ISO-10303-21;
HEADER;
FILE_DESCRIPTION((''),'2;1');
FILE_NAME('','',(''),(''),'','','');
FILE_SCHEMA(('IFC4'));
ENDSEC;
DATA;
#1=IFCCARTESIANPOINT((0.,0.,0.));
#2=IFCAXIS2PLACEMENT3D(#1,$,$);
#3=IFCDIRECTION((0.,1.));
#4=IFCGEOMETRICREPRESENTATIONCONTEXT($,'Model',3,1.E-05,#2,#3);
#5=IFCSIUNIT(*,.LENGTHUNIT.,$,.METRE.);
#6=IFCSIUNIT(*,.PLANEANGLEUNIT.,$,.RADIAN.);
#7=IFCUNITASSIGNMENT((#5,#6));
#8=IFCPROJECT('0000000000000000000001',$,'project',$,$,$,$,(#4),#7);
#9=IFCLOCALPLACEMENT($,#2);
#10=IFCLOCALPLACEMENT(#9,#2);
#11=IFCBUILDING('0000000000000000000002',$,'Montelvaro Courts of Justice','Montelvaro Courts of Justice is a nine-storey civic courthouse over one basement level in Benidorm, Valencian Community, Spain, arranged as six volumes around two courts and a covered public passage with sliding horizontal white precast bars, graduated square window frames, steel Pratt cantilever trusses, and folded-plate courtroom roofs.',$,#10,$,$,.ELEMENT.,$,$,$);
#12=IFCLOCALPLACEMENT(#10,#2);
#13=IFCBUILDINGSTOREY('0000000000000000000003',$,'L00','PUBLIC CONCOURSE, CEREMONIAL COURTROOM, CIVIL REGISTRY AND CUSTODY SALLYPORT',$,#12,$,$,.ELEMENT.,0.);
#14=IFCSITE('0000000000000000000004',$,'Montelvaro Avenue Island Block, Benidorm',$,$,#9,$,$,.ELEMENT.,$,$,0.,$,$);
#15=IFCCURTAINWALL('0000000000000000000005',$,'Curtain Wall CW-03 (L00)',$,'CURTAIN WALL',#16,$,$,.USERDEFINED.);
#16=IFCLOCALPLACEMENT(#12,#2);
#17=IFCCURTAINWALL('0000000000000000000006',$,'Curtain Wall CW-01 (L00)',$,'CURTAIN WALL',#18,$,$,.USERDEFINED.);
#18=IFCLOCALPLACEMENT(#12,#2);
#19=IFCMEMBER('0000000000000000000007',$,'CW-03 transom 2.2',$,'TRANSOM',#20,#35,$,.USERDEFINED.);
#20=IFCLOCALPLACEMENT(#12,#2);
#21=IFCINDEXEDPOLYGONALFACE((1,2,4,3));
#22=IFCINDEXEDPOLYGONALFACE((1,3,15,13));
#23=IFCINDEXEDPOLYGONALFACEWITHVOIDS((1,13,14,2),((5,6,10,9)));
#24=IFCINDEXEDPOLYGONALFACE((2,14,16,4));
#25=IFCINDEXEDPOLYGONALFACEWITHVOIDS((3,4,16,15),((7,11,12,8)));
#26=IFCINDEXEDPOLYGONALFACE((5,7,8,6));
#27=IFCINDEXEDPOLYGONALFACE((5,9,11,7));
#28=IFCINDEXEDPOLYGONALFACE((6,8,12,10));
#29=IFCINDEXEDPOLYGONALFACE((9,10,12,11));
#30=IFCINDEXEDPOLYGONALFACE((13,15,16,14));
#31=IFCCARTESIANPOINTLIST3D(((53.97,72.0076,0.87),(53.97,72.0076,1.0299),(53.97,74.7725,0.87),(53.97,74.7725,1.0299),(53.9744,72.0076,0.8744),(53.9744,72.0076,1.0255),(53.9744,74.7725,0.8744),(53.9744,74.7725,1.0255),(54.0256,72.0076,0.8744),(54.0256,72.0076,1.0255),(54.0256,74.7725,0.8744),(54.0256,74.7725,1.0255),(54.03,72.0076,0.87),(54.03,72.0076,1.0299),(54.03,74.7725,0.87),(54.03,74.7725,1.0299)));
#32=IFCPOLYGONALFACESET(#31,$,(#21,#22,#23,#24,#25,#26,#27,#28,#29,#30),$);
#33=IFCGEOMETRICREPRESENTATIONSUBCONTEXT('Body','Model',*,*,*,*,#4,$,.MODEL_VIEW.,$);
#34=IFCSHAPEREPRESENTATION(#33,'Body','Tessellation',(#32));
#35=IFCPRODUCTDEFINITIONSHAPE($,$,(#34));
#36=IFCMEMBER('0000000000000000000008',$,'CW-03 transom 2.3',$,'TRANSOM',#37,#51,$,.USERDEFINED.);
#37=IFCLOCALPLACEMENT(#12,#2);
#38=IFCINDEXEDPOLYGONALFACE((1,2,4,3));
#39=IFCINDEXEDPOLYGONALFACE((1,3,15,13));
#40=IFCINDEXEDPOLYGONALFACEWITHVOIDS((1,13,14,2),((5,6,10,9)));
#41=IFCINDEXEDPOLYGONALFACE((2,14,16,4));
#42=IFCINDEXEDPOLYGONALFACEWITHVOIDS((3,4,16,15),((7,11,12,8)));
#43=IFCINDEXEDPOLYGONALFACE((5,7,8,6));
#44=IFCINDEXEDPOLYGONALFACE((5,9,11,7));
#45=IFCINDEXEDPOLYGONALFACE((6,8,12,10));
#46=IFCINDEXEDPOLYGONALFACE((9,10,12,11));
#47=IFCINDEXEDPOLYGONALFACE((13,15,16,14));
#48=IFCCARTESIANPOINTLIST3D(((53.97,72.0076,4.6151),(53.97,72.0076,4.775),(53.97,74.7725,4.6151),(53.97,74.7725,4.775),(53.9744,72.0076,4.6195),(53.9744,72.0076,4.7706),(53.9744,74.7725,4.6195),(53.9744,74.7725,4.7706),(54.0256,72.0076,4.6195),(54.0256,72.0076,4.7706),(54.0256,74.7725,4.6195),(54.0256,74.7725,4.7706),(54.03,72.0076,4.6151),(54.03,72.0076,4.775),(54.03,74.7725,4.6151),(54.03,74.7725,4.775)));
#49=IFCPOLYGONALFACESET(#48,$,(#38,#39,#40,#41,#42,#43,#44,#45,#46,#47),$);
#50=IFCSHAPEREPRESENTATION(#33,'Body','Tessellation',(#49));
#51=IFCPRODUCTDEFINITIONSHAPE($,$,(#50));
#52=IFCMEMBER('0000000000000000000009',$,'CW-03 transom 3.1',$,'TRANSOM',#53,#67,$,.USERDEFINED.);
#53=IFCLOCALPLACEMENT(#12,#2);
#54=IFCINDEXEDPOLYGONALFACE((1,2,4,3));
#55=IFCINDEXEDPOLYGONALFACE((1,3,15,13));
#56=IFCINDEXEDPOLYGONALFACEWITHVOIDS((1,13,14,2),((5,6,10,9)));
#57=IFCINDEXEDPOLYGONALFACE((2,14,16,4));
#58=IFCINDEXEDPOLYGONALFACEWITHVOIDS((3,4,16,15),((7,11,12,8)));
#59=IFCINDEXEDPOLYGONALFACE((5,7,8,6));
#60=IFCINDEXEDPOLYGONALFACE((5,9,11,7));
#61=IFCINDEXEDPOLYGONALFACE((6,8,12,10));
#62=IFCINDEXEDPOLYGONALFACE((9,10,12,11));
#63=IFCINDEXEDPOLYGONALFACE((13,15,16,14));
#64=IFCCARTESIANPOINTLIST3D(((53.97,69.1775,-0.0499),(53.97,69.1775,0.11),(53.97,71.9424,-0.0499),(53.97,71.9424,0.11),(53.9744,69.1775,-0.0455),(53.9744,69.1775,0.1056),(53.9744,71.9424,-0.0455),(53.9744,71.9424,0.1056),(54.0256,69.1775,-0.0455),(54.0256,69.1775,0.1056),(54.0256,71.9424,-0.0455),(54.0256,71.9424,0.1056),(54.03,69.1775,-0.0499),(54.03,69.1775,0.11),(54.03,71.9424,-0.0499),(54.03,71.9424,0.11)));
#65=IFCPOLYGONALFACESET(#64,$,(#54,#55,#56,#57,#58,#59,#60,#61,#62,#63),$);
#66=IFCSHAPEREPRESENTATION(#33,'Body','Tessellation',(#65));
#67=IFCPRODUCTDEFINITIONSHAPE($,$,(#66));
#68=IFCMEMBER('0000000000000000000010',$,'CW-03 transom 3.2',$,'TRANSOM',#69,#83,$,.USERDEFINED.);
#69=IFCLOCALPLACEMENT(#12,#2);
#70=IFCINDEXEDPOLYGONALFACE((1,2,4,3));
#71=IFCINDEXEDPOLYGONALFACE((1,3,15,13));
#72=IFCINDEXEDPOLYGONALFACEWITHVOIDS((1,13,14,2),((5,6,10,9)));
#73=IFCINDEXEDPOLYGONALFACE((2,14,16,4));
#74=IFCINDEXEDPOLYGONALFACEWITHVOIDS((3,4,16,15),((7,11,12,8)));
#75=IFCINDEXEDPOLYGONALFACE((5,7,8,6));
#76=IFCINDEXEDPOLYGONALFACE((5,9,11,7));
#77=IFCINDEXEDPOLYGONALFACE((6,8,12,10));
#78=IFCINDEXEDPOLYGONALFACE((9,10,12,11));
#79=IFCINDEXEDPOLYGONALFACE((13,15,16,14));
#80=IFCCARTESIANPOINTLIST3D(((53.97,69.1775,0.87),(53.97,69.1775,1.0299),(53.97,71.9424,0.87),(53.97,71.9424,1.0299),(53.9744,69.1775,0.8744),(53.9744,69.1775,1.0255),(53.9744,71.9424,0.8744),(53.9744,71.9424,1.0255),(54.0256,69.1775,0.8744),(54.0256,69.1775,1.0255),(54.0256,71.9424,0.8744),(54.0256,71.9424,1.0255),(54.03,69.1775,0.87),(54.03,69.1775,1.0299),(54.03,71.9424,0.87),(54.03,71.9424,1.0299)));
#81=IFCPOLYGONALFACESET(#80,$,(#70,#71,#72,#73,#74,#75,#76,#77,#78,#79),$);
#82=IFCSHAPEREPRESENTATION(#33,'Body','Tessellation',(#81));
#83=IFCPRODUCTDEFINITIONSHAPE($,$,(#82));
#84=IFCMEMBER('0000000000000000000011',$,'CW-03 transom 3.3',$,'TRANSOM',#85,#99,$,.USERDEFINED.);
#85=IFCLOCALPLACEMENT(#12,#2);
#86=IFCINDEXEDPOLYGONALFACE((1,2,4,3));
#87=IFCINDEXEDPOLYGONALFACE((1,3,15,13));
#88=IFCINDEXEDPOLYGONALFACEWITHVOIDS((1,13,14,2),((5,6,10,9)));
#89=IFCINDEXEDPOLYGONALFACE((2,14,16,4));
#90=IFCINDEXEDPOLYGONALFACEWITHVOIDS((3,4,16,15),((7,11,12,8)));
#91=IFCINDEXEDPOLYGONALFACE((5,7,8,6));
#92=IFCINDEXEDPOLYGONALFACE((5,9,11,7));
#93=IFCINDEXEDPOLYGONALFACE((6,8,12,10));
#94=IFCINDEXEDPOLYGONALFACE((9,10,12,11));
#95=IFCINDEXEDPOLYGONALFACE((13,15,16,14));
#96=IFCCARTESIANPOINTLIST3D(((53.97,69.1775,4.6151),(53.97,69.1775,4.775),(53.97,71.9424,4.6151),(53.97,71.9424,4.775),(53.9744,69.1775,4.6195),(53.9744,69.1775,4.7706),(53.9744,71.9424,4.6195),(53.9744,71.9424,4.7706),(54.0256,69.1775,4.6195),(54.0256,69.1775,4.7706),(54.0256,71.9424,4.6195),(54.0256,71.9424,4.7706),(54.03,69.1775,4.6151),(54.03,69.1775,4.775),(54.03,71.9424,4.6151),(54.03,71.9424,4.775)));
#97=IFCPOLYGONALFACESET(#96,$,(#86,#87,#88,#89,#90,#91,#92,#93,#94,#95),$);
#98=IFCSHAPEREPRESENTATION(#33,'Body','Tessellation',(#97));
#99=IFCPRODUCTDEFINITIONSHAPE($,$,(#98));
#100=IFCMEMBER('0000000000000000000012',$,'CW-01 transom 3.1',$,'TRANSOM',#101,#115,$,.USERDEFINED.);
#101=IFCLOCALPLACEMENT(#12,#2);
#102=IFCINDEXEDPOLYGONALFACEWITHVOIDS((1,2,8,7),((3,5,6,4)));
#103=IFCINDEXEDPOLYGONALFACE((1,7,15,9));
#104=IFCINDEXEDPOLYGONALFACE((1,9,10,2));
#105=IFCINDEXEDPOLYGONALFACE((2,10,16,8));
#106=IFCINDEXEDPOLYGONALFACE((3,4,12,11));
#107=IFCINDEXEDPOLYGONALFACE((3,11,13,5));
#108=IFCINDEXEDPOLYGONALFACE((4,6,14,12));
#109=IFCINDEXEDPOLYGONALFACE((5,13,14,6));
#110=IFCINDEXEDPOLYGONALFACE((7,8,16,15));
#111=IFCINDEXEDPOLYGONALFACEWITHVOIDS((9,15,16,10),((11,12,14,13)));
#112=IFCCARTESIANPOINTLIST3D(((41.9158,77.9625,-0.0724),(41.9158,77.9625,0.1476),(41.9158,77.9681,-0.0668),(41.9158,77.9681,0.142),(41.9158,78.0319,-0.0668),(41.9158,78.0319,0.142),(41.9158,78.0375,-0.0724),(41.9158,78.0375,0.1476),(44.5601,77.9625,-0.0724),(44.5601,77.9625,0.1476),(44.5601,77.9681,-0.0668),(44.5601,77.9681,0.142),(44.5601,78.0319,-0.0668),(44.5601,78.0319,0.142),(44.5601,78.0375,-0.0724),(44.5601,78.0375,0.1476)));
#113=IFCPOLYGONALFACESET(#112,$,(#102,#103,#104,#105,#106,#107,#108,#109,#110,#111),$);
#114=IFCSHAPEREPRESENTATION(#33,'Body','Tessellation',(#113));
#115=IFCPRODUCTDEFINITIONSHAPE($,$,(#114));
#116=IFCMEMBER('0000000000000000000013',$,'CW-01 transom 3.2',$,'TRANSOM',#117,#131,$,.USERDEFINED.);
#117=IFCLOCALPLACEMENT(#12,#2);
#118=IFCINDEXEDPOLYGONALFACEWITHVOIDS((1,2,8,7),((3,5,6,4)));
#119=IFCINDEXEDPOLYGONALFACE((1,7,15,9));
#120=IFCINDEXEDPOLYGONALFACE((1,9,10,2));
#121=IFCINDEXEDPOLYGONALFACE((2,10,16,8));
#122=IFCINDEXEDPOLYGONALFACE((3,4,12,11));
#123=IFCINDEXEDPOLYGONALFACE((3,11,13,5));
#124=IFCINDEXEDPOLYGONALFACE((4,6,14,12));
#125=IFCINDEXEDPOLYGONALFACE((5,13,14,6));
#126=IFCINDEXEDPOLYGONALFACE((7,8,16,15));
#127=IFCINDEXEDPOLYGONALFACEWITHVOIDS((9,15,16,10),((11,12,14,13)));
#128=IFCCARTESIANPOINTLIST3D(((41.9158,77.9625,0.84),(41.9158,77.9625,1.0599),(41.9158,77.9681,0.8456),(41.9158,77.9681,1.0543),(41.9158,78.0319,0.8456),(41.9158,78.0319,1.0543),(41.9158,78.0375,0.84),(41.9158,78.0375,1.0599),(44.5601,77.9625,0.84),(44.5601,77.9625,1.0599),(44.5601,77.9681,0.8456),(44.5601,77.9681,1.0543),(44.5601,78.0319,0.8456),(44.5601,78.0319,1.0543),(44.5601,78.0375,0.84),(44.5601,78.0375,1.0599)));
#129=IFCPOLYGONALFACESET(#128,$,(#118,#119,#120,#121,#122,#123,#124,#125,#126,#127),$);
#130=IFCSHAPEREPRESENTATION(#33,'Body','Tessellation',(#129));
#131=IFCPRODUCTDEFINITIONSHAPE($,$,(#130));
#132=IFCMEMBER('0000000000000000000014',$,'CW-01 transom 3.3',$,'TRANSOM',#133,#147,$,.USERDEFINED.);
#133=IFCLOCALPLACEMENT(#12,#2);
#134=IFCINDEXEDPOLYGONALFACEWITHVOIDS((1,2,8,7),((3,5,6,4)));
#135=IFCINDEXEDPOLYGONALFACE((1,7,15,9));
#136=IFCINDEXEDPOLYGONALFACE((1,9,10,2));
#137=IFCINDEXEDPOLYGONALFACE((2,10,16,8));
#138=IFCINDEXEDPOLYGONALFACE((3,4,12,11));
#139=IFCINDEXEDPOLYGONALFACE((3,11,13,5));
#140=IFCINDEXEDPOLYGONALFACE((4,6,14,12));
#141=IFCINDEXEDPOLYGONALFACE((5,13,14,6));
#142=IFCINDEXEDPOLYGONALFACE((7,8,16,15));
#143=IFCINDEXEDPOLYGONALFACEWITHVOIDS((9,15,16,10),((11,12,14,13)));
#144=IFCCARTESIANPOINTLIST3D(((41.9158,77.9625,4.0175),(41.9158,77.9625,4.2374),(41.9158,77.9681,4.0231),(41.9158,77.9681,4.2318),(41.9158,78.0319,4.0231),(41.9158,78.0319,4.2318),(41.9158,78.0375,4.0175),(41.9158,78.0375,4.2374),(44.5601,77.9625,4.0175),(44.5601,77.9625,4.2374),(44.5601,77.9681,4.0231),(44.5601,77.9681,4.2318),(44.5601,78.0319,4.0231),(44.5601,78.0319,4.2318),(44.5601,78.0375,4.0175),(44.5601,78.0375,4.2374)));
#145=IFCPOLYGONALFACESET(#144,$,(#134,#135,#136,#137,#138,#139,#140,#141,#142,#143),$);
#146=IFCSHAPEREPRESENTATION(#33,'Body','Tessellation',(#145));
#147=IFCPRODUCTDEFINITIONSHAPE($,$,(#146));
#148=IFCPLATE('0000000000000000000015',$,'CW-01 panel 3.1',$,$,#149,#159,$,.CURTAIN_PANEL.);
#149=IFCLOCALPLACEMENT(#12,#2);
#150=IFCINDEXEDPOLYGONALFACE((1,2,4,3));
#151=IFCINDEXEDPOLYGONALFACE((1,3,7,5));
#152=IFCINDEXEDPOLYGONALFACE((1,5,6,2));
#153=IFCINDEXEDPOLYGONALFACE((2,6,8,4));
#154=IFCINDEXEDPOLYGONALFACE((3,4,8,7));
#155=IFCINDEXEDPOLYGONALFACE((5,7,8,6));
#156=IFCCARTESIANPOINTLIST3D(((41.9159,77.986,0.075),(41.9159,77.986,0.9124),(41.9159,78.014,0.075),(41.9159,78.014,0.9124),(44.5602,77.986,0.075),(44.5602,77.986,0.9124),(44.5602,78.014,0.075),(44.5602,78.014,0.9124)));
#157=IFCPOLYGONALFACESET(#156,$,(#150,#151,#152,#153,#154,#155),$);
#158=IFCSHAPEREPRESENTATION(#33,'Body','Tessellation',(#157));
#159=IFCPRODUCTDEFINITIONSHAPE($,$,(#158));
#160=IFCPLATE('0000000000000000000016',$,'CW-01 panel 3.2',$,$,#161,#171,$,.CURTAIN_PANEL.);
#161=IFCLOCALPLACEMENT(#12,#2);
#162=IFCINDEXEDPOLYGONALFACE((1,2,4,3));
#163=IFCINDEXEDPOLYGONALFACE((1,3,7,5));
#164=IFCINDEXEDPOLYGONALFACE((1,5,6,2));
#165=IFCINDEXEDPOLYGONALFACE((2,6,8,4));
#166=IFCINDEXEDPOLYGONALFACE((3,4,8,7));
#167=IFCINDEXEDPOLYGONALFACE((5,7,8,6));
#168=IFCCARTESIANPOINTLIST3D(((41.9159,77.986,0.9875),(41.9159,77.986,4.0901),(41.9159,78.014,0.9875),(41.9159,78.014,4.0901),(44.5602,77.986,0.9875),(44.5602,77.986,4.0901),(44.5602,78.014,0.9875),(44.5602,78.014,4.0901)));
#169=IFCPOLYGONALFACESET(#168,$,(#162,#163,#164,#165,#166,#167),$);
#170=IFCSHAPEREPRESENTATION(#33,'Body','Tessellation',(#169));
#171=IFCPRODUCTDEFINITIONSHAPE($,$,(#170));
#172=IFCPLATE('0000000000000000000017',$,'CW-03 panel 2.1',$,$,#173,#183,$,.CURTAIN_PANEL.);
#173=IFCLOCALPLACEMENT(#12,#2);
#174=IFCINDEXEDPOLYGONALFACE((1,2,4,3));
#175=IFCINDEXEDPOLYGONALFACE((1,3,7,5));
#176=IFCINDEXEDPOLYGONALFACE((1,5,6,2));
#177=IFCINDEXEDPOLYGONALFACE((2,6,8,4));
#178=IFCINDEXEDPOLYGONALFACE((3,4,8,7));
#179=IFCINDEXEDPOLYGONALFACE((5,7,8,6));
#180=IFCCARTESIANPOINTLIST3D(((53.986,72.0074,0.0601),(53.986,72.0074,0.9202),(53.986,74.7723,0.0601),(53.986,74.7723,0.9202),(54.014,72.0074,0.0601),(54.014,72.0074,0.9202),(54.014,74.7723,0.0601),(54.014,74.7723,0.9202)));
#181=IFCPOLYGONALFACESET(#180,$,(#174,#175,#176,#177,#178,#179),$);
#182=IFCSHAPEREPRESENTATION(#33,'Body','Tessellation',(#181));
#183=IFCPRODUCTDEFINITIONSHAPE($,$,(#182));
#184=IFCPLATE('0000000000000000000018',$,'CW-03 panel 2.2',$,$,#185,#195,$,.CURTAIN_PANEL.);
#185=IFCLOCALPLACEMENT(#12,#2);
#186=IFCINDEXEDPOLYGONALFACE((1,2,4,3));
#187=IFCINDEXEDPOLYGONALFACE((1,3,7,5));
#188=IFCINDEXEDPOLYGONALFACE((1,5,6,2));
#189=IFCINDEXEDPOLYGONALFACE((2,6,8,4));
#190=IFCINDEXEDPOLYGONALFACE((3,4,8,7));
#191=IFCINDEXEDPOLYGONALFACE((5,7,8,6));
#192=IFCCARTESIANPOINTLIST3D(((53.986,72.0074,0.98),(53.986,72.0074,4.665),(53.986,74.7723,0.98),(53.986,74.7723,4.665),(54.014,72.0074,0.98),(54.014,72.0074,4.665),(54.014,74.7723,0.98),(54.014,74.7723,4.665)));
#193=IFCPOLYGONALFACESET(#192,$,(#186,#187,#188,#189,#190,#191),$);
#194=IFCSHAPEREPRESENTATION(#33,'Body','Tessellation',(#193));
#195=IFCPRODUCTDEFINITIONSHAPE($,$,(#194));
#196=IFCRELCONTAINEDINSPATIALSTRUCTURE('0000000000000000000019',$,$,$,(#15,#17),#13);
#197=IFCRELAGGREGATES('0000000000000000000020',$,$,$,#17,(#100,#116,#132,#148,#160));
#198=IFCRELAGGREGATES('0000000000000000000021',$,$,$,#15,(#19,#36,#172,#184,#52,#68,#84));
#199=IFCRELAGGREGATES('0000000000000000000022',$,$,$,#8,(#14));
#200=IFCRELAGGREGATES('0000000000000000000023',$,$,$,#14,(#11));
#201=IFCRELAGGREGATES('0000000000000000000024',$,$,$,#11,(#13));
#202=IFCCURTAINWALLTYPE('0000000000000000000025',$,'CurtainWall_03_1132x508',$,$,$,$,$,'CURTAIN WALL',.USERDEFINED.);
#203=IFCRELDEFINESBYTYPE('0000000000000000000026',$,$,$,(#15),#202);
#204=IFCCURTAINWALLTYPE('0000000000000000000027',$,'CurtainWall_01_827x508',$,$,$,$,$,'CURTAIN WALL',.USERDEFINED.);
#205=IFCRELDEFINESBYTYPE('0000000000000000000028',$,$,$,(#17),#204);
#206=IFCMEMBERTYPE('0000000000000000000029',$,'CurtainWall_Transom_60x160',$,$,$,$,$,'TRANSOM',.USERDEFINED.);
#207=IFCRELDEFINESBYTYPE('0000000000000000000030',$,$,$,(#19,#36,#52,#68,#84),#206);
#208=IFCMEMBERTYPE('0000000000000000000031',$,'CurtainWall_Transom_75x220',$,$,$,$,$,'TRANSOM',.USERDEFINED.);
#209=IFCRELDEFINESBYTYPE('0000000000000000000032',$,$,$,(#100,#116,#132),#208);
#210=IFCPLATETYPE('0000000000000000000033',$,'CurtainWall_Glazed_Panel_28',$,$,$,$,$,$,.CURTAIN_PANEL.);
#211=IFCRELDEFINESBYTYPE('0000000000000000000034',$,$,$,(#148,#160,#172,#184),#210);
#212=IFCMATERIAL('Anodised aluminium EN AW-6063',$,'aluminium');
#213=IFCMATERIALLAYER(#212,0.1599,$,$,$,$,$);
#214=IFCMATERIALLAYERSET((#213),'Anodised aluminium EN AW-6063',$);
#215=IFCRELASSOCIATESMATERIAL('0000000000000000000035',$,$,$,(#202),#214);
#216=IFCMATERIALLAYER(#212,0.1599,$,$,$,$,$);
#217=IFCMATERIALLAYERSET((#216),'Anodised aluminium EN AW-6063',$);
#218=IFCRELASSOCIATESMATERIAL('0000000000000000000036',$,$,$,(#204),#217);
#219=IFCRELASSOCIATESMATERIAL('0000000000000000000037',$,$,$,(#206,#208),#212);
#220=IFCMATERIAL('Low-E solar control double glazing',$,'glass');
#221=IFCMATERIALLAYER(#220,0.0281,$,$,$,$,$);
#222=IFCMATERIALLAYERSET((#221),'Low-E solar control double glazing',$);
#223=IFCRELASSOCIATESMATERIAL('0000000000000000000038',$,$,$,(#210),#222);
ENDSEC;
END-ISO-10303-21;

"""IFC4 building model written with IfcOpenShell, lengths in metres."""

from ifc_helpers import new_model, si_unit, direction, frame, origin, origin_2d, place, context, subcontext, project, spatial, rectangle, hollow_rectangle, extrude, material, layer, layer_set, material_profile, profile_set, type_object, element, aggregate, save


model = new_model("IFC4")

# Units and contexts
model_context = context("Model", 3, precision=1e-05, world=origin(), true_north=direction((0.0, 1.0)))
body_context = subcontext(model_context, "Body", "Model", "MODEL_VIEW")
ifc_project = project(units=[si_unit("LENGTHUNIT", "METRE"), si_unit("PLANEANGLEUNIT", "RADIAN")], contexts=[model_context])

# Site, building, storey
site_placement = place(None, origin())
site = spatial("IfcSite", under=ifc_project, at=site_placement, Name="Montelvaro Avenue Island Block, Benidorm", CompositionType="ELEMENT", RefElevation=0.0)
building_placement = place(site_placement, origin())
building = spatial("IfcBuilding", under=site, at=building_placement, Name="Montelvaro Courts of Justice", Description="Montelvaro Courts of Justice is a nine-storey civic courthouse over one basement level in Benidorm, Valencian Community, Spain, arranged as six volumes around two courts and a covered public passage with sliding horizontal white precast bars, graduated square window frames, steel Pratt cantilever trusses, and folded-plate courtroom roofs.", CompositionType="ELEMENT")
storey_placement = place(building_placement, origin())
storey = spatial("IfcBuildingStorey", under=building, at=storey_placement, Name="L00", Description="PUBLIC CONCOURSE, CEREMONIAL COURTROOM, CIVIL REGISTRY AND CUSTODY SALLYPORT", CompositionType="ELEMENT", Elevation=0.0)

# Curtain wall
ifc_material_1 = material(Name="Anodised aluminium EN AW-6063", Category="aluminium")
ifc_layer_1 = layer(ifc_material_1, 0.1599)
ifc_layer_set_1 = layer_set([ifc_layer_1], Name="Anodised aluminium EN AW-6063")
curtain_wall_type_1 = type_object("IfcCurtainWallType", Name="CurtainWall_03_1132x508", ElementType="CURTAIN WALL", PredefinedType="USERDEFINED", material=ifc_layer_set_1)
curtain_wall_1_placement = place(storey_placement, origin())
curtain_wall_1 = element("IfcCurtainWall", 1, at=curtain_wall_1_placement, inside=storey, type_object=curtain_wall_type_1, Name="Curtain Wall CW-03 (L00)", ObjectType="CURTAIN WALL", PredefinedType="USERDEFINED")

# Curtain wall
ifc_layer_2 = layer(ifc_material_1, 0.1599)
ifc_layer_set_2 = layer_set([ifc_layer_2], Name="Anodised aluminium EN AW-6063")
curtain_wall_type_2 = type_object("IfcCurtainWallType", Name="CurtainWall_01_827x508", ElementType="CURTAIN WALL", PredefinedType="USERDEFINED", material=ifc_layer_set_2)
curtain_wall_2_placement = place(storey_placement, origin())
curtain_wall_2 = element("IfcCurtainWall", 2, at=curtain_wall_2_placement, inside=storey, type_object=curtain_wall_type_2, Name="Curtain Wall CW-01 (L00)", ObjectType="CURTAIN WALL", PredefinedType="USERDEFINED")

# Members
ifc_material_profile_1 = material_profile(ifc_material_1, hollow_rectangle(XDim=0.0601, YDim=0.1599, WallThickness=0.0044, at=origin_2d()), Name="ALU-T 60x160")
ifc_profile_set_1 = profile_set([ifc_material_profile_1], Name="Anodised aluminium EN AW-6063")
member_type_1 = type_object("IfcMemberType", Name="CurtainWall_Transom_60x160", ElementType="TRANSOM", PredefinedType="USERDEFINED", material=ifc_profile_set_1)
member_1_placement = place(storey_placement, frame((54.0, 74.7725, 0.95), z_axis=(0.0, -1.0, 0.0), x_axis=(1.0, 0.0, 0.0)))
member_1 = element("IfcMember", 3, at=member_1_placement, type_object=member_type_1, Name="CW-03 transom 2.2", ObjectType="TRANSOM", PredefinedType="USERDEFINED", context=body_context, shape_type="SweptSolid", body=[
    extrude(hollow_rectangle(XDim=0.0601, YDim=0.1599, WallThickness=0.0044, at=origin_2d()), origin(), (0.0, 0.0, 1.0), 2.7649),
])
member_2_placement = place(storey_placement, frame((54.0, 74.7725, 4.6951), z_axis=(0.0, -1.0, 0.0), x_axis=(1.0, 0.0, 0.0)))
member_2 = element("IfcMember", 4, at=member_2_placement, type_object=member_type_1, Name="CW-03 transom 2.3", ObjectType="TRANSOM", PredefinedType="USERDEFINED", context=body_context, shape_type="SweptSolid", body=[
    extrude(hollow_rectangle(XDim=0.0601, YDim=0.1599, WallThickness=0.0044, at=origin_2d()), origin(), (0.0, 0.0, 1.0), 2.7649),
])
member_3_placement = place(storey_placement, frame((54.0, 71.9424, 0.03), z_axis=(0.0, -1.0, 0.0), x_axis=(1.0, 0.0, 0.0)))
member_3 = element("IfcMember", 5, at=member_3_placement, type_object=member_type_1, Name="CW-03 transom 3.1", ObjectType="TRANSOM", PredefinedType="USERDEFINED", context=body_context, shape_type="SweptSolid", body=[
    extrude(hollow_rectangle(XDim=0.0601, YDim=0.1599, WallThickness=0.0044, at=origin_2d()), origin(), (0.0, 0.0, 1.0), 2.7649),
])
member_4_placement = place(storey_placement, frame((54.0, 71.9424, 0.95), z_axis=(0.0, -1.0, 0.0), x_axis=(1.0, 0.0, 0.0)))
member_4 = element("IfcMember", 6, at=member_4_placement, type_object=member_type_1, Name="CW-03 transom 3.2", ObjectType="TRANSOM", PredefinedType="USERDEFINED", context=body_context, shape_type="SweptSolid", body=[
    extrude(hollow_rectangle(XDim=0.0601, YDim=0.1599, WallThickness=0.0044, at=origin_2d()), origin(), (0.0, 0.0, 1.0), 2.7649),
])
member_5_placement = place(storey_placement, frame((54.0, 71.9424, 4.6951), z_axis=(0.0, -1.0, 0.0), x_axis=(1.0, 0.0, 0.0)))
member_5 = element("IfcMember", 7, at=member_5_placement, type_object=member_type_1, Name="CW-03 transom 3.3", ObjectType="TRANSOM", PredefinedType="USERDEFINED", context=body_context, shape_type="SweptSolid", body=[
    extrude(hollow_rectangle(XDim=0.0601, YDim=0.1599, WallThickness=0.0044, at=origin_2d()), origin(), (0.0, 0.0, 1.0), 2.7649),
])
ifc_material_profile_2 = material_profile(ifc_material_1, hollow_rectangle(XDim=0.075, YDim=0.22, WallThickness=0.0056, at=origin_2d()), Name="ALU-T 75x220")
ifc_profile_set_2 = profile_set([ifc_material_profile_2], Name="Anodised aluminium EN AW-6063")
member_type_2 = type_object("IfcMemberType", Name="CurtainWall_Transom_75x220", ElementType="TRANSOM", PredefinedType="USERDEFINED", material=ifc_profile_set_2)
member_6_placement = place(storey_placement, frame((41.9158, 78.0, 0.0376), z_axis=(1.0, 0.0, 0.0), x_axis=(0.0, 1.0, 0.0)))
member_6 = element("IfcMember", 8, at=member_6_placement, type_object=member_type_2, Name="CW-01 transom 3.1", ObjectType="TRANSOM", PredefinedType="USERDEFINED", context=body_context, shape_type="SweptSolid", body=[
    extrude(hollow_rectangle(XDim=0.075, YDim=0.22, WallThickness=0.0056, at=origin_2d()), origin(), (0.0, 0.0, 1.0), 2.6443),
])
member_7_placement = place(storey_placement, frame((41.9158, 78.0, 0.95), z_axis=(1.0, 0.0, 0.0), x_axis=(0.0, 1.0, 0.0)))
member_7 = element("IfcMember", 9, at=member_7_placement, type_object=member_type_2, Name="CW-01 transom 3.2", ObjectType="TRANSOM", PredefinedType="USERDEFINED", context=body_context, shape_type="SweptSolid", body=[
    extrude(hollow_rectangle(XDim=0.075, YDim=0.22, WallThickness=0.0056, at=origin_2d()), origin(), (0.0, 0.0, 1.0), 2.6443),
])
member_8_placement = place(storey_placement, frame((41.9158, 78.0, 4.1274), z_axis=(1.0, 0.0, 0.0), x_axis=(0.0, 1.0, 0.0)))
member_8 = element("IfcMember", 10, at=member_8_placement, type_object=member_type_2, Name="CW-01 transom 3.3", ObjectType="TRANSOM", PredefinedType="USERDEFINED", context=body_context, shape_type="SweptSolid", body=[
    extrude(hollow_rectangle(XDim=0.075, YDim=0.22, WallThickness=0.0056, at=origin_2d()), origin(), (0.0, 0.0, 1.0), 2.6443),
])

# Plates
ifc_material_2 = material(Name="Low-E solar control double glazing", Category="glass")
ifc_layer_3 = layer(ifc_material_2, 0.0281)
ifc_layer_set_3 = layer_set([ifc_layer_3], Name="Low-E solar control double glazing")
plate_type = type_object("IfcPlateType", Name="CurtainWall_Glazed_Panel_28", PredefinedType="CURTAIN_PANEL", material=ifc_layer_set_3)
plate_1_placement = place(storey_placement, frame((43.238, 78.0, 0.075), z_axis=(0.0, 0.0, 1.0), x_axis=(1.0, 0.0, 0.0)))
plate_1 = element("IfcPlate", 11, at=plate_1_placement, type_object=plate_type, Name="CW-01 panel 3.1", PredefinedType="CURTAIN_PANEL", context=body_context, shape_type="SweptSolid", body=[
    extrude(rectangle(XDim=2.6443, YDim=0.0281, at=origin_2d()), origin(), (0.0, 0.0, 1.0), 0.8374),
])
plate_2_placement = place(storey_placement, frame((43.238, 78.0, 0.9875), z_axis=(0.0, 0.0, 1.0), x_axis=(1.0, 0.0, 0.0)))
plate_2 = element("IfcPlate", 12, at=plate_2_placement, type_object=plate_type, Name="CW-01 panel 3.2", PredefinedType="CURTAIN_PANEL", context=body_context, shape_type="SweptSolid", body=[
    extrude(rectangle(XDim=2.6443, YDim=0.0281, at=origin_2d()), origin(), (0.0, 0.0, 1.0), 3.1025),
])
aggregate(curtain_wall_2, [member_6, member_7, member_8, plate_1, plate_2])
plate_3_placement = place(storey_placement, frame((54.0, 73.3899, 0.0601), z_axis=(0.0, 0.0, 1.0), x_axis=(0.0, -1.0, 0.0)))
plate_3 = element("IfcPlate", 13, at=plate_3_placement, type_object=plate_type, Name="CW-03 panel 2.1", PredefinedType="CURTAIN_PANEL", context=body_context, shape_type="SweptSolid", body=[
    extrude(rectangle(XDim=2.7649, YDim=0.0281, at=origin_2d()), origin(), (0.0, 0.0, 1.0), 0.8601),
])
plate_4_placement = place(storey_placement, frame((54.0, 73.3899, 0.98), z_axis=(0.0, 0.0, 1.0), x_axis=(0.0, -1.0, 0.0)))
plate_4 = element("IfcPlate", 14, at=plate_4_placement, type_object=plate_type, Name="CW-03 panel 2.2", PredefinedType="CURTAIN_PANEL", context=body_context, shape_type="SweptSolid", body=[
    extrude(rectangle(XDim=2.7649, YDim=0.0281, at=origin_2d()), origin(), (0.0, 0.0, 1.0), 3.6851),
])
aggregate(curtain_wall_1, [member_1, member_2, plate_3, plate_4, member_3, member_4, member_5])

save(model, "model.ifc")
